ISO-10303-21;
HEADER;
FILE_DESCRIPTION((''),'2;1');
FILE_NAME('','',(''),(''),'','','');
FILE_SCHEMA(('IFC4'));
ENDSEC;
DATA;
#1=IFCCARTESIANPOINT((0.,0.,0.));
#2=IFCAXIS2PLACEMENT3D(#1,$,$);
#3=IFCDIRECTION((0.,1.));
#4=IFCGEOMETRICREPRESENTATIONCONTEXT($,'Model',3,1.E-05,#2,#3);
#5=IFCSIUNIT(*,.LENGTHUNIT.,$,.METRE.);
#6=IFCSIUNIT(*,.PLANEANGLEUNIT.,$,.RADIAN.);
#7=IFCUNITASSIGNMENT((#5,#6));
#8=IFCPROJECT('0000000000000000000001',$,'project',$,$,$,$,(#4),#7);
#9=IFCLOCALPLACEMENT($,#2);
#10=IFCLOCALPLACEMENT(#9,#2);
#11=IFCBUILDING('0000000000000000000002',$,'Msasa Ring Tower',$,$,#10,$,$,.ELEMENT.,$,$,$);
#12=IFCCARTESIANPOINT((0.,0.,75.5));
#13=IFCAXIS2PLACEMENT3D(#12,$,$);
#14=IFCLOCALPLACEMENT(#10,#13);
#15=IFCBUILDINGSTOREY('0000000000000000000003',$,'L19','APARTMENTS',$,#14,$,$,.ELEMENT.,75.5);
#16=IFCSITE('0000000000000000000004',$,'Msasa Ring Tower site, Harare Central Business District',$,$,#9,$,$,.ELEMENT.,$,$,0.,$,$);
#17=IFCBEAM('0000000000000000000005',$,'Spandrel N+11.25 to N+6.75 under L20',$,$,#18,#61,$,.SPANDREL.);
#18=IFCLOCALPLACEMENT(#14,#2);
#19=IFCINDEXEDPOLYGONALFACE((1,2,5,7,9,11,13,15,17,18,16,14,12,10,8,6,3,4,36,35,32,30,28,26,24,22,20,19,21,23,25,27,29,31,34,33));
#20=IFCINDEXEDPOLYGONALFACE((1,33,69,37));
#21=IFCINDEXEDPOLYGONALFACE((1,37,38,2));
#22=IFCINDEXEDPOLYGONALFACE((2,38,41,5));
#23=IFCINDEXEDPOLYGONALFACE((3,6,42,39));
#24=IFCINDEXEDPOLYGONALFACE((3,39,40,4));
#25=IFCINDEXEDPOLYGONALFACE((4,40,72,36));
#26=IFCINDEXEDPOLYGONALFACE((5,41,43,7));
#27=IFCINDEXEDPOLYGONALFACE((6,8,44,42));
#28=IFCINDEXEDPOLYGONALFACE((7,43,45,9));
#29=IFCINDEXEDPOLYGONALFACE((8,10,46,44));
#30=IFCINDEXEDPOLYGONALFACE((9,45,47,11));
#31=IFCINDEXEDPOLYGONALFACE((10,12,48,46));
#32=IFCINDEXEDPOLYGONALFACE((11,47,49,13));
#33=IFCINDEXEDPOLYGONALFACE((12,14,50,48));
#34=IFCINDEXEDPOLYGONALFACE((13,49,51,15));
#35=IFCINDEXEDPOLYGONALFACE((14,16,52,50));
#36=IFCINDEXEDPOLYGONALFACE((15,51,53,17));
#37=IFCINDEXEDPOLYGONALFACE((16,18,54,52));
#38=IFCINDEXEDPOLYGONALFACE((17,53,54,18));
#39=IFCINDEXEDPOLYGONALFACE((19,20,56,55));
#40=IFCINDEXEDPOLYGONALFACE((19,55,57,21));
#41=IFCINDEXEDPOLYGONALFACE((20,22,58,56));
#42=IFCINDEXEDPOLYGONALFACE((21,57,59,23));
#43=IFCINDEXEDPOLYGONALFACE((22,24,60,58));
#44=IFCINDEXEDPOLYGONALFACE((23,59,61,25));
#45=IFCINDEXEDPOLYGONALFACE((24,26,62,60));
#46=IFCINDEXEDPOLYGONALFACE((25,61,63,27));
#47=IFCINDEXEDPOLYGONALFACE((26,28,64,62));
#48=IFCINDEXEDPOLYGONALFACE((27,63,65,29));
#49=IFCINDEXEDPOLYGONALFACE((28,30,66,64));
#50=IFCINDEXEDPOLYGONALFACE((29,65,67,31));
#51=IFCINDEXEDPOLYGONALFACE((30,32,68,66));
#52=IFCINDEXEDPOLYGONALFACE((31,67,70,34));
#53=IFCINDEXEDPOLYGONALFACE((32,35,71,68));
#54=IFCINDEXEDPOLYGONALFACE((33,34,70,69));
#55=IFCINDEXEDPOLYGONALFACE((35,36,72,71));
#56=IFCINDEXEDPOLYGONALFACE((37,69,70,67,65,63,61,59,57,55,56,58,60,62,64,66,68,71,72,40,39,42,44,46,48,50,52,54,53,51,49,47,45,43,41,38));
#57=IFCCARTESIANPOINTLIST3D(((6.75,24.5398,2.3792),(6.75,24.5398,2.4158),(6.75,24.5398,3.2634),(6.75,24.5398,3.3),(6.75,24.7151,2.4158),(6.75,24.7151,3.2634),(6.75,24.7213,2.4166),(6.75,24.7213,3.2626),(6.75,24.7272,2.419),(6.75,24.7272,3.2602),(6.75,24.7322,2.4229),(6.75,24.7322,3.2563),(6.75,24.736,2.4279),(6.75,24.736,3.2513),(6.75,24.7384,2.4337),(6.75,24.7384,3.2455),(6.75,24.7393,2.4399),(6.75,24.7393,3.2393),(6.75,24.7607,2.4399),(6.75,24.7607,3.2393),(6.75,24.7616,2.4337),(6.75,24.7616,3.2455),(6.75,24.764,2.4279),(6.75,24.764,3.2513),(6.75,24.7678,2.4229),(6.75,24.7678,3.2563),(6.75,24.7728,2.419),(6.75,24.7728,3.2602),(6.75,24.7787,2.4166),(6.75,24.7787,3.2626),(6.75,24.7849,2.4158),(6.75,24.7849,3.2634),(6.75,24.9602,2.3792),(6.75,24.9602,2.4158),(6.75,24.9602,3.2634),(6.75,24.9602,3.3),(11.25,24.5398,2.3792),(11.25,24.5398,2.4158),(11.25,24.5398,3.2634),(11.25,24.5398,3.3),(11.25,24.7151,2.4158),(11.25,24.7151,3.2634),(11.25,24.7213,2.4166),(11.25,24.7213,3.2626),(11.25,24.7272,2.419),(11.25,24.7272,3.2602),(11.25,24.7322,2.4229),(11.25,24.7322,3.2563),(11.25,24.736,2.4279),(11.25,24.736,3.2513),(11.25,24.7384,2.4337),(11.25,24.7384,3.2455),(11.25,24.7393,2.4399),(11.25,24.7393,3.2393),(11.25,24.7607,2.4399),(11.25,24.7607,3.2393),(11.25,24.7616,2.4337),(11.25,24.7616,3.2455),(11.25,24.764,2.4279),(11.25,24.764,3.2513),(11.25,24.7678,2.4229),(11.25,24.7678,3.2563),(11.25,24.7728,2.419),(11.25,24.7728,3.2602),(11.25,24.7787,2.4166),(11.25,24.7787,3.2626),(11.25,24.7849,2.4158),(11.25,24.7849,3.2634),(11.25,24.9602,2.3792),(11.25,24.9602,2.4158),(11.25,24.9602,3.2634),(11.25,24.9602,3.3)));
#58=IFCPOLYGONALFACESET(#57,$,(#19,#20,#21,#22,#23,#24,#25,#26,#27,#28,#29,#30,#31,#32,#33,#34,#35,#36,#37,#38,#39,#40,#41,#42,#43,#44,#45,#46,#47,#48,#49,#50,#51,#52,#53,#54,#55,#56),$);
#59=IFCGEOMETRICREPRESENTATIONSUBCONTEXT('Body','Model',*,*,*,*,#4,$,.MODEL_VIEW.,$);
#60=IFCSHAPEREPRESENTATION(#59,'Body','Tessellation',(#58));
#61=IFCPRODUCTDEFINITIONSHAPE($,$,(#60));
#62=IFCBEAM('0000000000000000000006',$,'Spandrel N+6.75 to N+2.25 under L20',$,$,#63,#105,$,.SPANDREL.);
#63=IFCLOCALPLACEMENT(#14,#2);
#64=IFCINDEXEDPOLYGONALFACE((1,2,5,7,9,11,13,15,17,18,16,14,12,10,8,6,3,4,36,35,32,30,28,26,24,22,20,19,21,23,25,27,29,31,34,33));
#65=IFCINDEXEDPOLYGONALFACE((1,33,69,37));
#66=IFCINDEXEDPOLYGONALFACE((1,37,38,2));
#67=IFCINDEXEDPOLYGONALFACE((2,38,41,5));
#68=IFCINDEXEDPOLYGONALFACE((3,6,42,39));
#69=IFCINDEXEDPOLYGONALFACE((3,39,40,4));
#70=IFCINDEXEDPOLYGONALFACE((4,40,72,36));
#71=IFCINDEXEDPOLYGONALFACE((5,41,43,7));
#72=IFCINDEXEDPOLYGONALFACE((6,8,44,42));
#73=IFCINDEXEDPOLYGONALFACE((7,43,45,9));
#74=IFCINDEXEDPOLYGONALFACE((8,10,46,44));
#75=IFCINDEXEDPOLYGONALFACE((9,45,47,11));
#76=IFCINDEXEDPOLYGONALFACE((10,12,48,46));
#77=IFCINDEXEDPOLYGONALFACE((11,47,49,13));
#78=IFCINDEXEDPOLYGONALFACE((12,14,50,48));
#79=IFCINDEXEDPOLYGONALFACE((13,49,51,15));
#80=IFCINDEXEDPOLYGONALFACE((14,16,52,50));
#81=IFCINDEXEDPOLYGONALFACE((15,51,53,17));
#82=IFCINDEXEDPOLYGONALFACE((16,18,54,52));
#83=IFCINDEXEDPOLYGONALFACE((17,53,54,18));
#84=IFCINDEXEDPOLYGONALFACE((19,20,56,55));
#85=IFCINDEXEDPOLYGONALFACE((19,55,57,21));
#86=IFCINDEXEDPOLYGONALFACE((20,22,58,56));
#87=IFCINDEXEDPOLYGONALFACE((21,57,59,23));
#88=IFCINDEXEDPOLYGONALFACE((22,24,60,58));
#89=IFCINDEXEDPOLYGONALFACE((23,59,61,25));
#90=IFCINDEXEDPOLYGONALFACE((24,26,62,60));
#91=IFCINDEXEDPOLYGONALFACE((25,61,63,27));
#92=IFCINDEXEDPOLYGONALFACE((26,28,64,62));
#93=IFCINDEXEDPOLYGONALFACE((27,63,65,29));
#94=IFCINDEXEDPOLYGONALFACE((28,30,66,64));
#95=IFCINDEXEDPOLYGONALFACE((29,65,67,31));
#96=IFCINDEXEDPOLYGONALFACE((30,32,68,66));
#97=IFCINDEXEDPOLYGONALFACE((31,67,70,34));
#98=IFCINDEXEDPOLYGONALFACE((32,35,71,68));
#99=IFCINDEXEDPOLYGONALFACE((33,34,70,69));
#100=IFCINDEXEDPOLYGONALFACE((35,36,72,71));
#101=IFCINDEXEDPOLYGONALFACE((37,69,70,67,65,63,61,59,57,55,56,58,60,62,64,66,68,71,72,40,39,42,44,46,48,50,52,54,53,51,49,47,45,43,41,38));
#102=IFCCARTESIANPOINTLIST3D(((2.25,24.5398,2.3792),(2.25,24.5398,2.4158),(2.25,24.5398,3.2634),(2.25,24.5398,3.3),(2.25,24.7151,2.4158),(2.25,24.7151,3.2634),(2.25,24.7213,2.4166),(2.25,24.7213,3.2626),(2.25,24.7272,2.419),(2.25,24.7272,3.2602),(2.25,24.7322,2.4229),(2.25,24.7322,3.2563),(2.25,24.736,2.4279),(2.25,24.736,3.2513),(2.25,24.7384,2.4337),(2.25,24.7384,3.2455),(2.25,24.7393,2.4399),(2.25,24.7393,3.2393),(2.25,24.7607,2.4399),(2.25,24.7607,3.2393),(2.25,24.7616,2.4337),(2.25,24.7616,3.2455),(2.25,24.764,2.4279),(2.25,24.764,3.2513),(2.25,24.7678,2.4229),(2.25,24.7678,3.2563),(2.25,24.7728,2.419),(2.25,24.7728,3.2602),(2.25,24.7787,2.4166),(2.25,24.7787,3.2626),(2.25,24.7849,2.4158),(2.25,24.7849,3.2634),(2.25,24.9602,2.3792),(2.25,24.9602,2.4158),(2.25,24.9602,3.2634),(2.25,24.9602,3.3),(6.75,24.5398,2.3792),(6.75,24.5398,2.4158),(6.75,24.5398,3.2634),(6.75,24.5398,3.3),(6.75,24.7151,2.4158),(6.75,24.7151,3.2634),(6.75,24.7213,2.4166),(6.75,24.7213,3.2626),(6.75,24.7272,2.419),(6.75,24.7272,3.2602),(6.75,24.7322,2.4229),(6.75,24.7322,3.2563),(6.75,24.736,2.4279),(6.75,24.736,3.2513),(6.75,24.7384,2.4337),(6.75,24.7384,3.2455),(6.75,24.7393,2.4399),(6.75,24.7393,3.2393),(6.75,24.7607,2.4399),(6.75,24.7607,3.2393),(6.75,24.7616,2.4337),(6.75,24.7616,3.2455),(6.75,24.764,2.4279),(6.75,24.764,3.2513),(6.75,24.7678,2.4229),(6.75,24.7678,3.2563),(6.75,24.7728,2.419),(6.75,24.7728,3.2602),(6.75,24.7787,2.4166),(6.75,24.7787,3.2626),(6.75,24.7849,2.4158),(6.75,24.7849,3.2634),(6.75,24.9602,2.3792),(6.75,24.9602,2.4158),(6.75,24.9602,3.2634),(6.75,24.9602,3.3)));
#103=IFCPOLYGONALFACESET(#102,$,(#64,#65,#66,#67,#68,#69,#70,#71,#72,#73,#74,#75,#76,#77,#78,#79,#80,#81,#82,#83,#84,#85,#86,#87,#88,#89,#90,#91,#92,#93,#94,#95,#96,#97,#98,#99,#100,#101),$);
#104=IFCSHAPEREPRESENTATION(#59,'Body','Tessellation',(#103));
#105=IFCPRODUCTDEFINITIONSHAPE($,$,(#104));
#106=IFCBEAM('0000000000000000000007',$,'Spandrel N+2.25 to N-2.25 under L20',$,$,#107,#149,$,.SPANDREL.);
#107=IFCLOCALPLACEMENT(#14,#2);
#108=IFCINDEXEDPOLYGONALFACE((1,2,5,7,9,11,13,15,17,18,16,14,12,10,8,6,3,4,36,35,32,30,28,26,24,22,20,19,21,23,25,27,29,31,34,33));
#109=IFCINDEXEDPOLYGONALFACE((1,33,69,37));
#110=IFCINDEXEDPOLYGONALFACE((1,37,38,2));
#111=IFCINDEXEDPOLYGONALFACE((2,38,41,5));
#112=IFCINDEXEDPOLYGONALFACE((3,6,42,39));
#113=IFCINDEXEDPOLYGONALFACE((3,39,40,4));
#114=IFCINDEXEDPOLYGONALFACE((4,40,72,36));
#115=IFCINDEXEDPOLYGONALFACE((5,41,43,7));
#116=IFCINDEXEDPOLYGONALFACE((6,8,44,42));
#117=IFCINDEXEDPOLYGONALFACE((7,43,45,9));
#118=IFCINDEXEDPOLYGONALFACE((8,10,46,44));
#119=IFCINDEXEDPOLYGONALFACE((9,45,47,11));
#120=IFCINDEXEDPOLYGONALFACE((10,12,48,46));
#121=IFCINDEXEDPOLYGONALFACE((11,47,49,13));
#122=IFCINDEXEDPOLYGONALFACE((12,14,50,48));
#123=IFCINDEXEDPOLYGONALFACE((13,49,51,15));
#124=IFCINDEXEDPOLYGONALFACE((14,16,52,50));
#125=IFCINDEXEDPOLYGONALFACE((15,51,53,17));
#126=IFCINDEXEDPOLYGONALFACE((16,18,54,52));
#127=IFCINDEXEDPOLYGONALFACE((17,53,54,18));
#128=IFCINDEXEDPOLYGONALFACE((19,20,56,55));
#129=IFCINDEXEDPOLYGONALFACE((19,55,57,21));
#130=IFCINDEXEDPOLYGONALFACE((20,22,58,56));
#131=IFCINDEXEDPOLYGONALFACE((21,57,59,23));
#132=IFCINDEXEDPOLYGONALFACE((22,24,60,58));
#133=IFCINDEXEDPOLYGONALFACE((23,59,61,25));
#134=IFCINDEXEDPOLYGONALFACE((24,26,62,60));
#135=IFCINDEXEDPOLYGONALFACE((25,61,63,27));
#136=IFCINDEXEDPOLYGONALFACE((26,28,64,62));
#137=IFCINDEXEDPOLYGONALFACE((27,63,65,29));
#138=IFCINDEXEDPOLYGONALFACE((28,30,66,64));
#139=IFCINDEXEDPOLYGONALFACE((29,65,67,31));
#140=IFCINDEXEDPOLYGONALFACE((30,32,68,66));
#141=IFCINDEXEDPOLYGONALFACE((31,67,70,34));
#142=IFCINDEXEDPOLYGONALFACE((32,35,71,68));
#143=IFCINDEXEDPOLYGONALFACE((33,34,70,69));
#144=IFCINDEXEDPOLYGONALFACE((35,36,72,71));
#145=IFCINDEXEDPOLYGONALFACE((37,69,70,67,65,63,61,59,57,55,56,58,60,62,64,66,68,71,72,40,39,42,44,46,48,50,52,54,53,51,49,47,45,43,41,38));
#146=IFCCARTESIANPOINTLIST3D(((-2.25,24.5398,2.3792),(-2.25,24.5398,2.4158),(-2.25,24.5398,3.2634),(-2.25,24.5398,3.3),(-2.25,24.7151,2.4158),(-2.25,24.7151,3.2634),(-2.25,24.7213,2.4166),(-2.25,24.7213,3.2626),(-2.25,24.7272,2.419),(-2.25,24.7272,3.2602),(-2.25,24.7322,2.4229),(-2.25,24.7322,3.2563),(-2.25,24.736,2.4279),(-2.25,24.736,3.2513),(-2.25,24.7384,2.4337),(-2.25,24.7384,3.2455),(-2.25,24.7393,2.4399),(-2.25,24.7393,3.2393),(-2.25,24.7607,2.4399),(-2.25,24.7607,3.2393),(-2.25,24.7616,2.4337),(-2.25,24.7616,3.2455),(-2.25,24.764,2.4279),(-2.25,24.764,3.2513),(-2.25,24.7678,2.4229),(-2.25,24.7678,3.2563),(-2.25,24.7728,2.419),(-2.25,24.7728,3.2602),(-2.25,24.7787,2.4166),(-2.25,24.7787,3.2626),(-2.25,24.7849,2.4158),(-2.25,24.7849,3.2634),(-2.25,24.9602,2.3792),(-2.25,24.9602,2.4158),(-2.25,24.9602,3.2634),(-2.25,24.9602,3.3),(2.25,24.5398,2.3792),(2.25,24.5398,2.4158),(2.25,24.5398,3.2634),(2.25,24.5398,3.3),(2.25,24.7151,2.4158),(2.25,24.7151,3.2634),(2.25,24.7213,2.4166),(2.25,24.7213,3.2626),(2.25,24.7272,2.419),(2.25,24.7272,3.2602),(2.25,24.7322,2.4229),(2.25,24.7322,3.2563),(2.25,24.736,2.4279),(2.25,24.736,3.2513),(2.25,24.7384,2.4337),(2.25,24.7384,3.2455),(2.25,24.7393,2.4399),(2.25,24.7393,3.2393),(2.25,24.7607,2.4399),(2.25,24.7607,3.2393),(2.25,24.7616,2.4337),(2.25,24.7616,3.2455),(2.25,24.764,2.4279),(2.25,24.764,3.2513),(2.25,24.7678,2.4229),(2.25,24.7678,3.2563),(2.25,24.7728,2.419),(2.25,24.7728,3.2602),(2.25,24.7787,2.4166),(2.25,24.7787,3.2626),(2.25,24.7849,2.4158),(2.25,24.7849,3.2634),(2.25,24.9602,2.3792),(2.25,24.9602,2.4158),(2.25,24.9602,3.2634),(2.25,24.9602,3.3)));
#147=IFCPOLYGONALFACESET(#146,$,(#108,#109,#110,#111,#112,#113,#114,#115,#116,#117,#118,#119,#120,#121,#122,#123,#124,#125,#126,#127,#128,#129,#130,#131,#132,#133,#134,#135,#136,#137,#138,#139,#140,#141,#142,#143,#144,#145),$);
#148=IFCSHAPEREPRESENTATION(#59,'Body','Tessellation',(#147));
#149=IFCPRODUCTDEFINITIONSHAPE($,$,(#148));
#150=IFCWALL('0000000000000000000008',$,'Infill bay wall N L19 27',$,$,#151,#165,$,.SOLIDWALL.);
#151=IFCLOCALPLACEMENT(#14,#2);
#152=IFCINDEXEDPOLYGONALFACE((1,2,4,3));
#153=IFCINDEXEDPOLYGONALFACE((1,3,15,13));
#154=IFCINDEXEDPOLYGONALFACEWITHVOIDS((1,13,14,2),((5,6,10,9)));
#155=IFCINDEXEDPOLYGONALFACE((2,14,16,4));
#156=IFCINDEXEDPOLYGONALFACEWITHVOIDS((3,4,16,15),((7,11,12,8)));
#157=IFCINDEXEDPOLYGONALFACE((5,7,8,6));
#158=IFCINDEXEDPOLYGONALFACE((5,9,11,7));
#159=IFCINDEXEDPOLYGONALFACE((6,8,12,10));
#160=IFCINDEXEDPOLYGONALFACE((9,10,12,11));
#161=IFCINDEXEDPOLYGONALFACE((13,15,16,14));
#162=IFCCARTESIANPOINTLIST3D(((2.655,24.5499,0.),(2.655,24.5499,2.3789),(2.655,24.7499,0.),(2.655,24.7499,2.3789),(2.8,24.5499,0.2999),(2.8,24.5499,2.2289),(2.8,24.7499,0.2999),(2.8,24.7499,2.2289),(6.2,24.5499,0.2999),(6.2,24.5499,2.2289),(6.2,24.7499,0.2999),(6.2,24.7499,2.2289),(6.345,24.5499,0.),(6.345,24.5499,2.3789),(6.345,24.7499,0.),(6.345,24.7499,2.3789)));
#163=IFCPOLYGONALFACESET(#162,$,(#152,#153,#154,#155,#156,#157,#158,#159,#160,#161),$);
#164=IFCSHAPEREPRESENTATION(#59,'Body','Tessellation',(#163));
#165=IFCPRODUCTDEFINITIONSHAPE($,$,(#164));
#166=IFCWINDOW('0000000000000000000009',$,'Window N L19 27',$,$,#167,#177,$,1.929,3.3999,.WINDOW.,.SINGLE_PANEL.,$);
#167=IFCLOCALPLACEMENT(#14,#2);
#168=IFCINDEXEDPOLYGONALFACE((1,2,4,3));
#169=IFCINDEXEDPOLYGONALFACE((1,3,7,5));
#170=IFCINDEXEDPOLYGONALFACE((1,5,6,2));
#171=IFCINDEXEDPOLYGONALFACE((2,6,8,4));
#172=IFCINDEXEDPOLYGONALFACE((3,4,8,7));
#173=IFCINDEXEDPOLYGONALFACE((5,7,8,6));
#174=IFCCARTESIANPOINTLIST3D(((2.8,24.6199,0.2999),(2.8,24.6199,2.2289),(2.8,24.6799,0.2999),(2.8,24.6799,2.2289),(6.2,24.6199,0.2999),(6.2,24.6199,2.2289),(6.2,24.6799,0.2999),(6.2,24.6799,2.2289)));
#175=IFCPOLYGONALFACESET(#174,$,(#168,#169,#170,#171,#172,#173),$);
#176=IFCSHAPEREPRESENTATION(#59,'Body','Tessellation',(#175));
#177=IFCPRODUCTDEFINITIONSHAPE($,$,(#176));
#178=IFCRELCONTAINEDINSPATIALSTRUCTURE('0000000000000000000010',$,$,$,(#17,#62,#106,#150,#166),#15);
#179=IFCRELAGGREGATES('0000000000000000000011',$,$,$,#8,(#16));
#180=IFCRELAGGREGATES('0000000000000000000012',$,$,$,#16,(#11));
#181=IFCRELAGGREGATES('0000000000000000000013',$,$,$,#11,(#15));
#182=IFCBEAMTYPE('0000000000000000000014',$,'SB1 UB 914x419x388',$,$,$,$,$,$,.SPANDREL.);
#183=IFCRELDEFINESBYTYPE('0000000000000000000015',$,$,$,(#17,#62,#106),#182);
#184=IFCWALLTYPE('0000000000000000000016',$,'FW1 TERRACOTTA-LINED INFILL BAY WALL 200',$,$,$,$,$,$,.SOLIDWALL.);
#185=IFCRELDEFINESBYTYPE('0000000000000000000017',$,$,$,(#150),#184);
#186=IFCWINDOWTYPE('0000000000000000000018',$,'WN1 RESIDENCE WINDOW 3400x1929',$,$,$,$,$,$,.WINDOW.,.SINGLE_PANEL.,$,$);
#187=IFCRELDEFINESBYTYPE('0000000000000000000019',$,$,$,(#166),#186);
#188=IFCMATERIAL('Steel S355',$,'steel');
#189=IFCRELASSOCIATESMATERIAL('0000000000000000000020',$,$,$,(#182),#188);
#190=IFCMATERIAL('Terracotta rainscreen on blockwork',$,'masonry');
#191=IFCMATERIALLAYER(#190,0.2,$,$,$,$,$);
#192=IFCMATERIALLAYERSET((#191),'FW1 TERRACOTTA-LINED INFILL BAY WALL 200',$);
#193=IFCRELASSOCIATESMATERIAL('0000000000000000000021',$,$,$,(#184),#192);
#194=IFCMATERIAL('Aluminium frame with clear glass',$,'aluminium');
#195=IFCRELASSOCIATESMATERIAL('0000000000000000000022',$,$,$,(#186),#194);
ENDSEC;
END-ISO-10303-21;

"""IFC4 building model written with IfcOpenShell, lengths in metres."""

from ifc_helpers import new_model, si_unit, direction, frame, frame_2d, origin, origin_2d, place, context, subcontext, project, spatial, rectangle, i_section, extrude, material, layer, layer_set, material_profile, profile_set, type_object, element, fill, save


model = new_model("IFC4")

# Units and contexts
model_context = context("Model", 3, precision=1e-05, world=origin(), true_north=direction((0.0, 1.0)))
body_context = subcontext(model_context, "Body", "Model", "MODEL_VIEW")
ifc_project = project(units=[si_unit("LENGTHUNIT", "METRE"), si_unit("PLANEANGLEUNIT", "RADIAN")], contexts=[model_context])

# Site, building, storey
site_placement = place(None, origin())
site = spatial("IfcSite", under=ifc_project, at=site_placement, Name="Msasa Ring Tower site, Harare Central Business District", CompositionType="ELEMENT", RefElevation=0.0)
building_placement = place(site_placement, origin())
building = spatial("IfcBuilding", under=site, at=building_placement, Name="Msasa Ring Tower", CompositionType="ELEMENT")
storey_placement = place(building_placement, frame((0.0, 0.0, 75.5)))
storey = spatial("IfcBuildingStorey", under=building, at=storey_placement, Name="L19", Description="APARTMENTS", CompositionType="ELEMENT", Elevation=75.5)

# Beams
ifc_material_1 = material(Name="Steel S355", Category="steel")
ifc_material_profile_1 = material_profile(ifc_material_1, i_section(OverallWidth=0.4204, OverallDepth=0.9209, WebThickness=0.0215, FlangeThickness=0.0366, FilletRadius=0.0242, at=origin_2d()), Name="UB 914x419x388")
ifc_profile_set_1 = profile_set([ifc_material_profile_1], Name="Steel S355")
beam_type_1 = type_object("IfcBeamType", Name="SB1 UB 914x419x388", PredefinedType="SPANDREL", material=ifc_profile_set_1)
for number, where, z_axis, x_axis, name in (
    (1, (11.25, 24.75, 2.8396), (-1.0, 0.0, 0.0), (0.0, -1.0, 0.0), "Spandrel N+11.25 to N+6.75 under L20"),
    (2, (6.75, 24.75, 2.8396), (-1.0, 0.0, 0.0), (0.0, -1.0, 0.0), "Spandrel N+6.75 to N+2.25 under L20"),
    (3, (2.25, 24.75, 2.8396), (-1.0, 0.0, 0.0), (0.0, -1.0, 0.0), "Spandrel N+2.25 to N-2.25 under L20"),
):
    element("IfcBeam", number, at=place(storey_placement, frame(where, z_axis=z_axis, x_axis=x_axis)), inside=storey, type_object=beam_type_1, Name=name, PredefinedType="SPANDREL", context=body_context, shape_type="SweptSolid", body=[
        extrude(i_section(OverallWidth=0.4204, OverallDepth=0.9209, WebThickness=0.0215, FlangeThickness=0.0366, FilletRadius=0.0242, at=origin_2d()), origin(), (0.0, 0.0, 1.0), 4.5),
    ])

# Wall, opening, window
ifc_material_2 = material(Name="Terracotta rainscreen on blockwork", Category="masonry")
ifc_layer_1 = layer(ifc_material_2, 0.2)
ifc_layer_set_1 = layer_set([ifc_layer_1], Name="FW1 TERRACOTTA-LINED INFILL BAY WALL 200")
wall_type_1 = type_object("IfcWallType", Name="FW1 TERRACOTTA-LINED INFILL BAY WALL 200", PredefinedType="SOLIDWALL", material=ifc_layer_set_1)
wall_1_placement = place(storey_placement, frame((2.655, 24.6499, 0.0), z_axis=(0.0, 0.0, 1.0), x_axis=(1.0, 0.0, 0.0)))
wall_1 = element("IfcWall", 4, at=wall_1_placement, inside=storey, type_object=wall_type_1, Name="Infill bay wall N L19 27", PredefinedType="SOLIDWALL", context=body_context, shape_type="SweptSolid", body=[
    extrude(rectangle(XDim=3.6899, YDim=0.2, at=frame_2d((1.845, 0.0))), origin(), (0.0, 0.0, 1.0), 2.3789),
])
opening_1_placement = place(wall_1_placement, frame((0.145, 0.0, 0.3)))
opening_1 = element("IfcOpeningElement", 5, at=opening_1_placement, cuts=wall_1, PredefinedType="OPENING", context=body_context, shape_type="SweptSolid", body=[
    extrude(rectangle(XDim=3.3999, YDim=1.929, at=frame_2d((1.7, 0.9644))), frame((0.0, 0.1099, 0.0), z_axis=(0.0, -1.0, 0.0), x_axis=(1.0, 0.0, 0.0)), (0.0, 0.0, 1.0), 0.22),
])
ifc_material_3 = material(Name="Aluminium frame with clear glass", Category="aluminium")
window_type = type_object("IfcWindowType", Name="WN1 RESIDENCE WINDOW 3400x1929", PartitioningType="SINGLE_PANEL", PredefinedType="WINDOW", material=ifc_material_3)
window_1_placement = place(opening_1_placement, origin())
window_1 = element("IfcWindow", 6, at=window_1_placement, inside=storey, type_object=window_type, Name="Window N L19 27", OverallHeight=1.929, OverallWidth=3.3999, PartitioningType="SINGLE_PANEL", PredefinedType="WINDOW", context=body_context, shape_type="SweptSolid", body=[
    extrude(rectangle(XDim=3.3999, YDim=1.929, at=frame_2d((1.7, 0.9644))), frame((0.0, 0.03, 0.0), z_axis=(0.0, -1.0, 0.0), x_axis=(1.0, 0.0, 0.0)), (0.0, 0.0, 1.0), 0.0601),
])
fill(opening_1, window_1)

save(model, "model.ifc")
